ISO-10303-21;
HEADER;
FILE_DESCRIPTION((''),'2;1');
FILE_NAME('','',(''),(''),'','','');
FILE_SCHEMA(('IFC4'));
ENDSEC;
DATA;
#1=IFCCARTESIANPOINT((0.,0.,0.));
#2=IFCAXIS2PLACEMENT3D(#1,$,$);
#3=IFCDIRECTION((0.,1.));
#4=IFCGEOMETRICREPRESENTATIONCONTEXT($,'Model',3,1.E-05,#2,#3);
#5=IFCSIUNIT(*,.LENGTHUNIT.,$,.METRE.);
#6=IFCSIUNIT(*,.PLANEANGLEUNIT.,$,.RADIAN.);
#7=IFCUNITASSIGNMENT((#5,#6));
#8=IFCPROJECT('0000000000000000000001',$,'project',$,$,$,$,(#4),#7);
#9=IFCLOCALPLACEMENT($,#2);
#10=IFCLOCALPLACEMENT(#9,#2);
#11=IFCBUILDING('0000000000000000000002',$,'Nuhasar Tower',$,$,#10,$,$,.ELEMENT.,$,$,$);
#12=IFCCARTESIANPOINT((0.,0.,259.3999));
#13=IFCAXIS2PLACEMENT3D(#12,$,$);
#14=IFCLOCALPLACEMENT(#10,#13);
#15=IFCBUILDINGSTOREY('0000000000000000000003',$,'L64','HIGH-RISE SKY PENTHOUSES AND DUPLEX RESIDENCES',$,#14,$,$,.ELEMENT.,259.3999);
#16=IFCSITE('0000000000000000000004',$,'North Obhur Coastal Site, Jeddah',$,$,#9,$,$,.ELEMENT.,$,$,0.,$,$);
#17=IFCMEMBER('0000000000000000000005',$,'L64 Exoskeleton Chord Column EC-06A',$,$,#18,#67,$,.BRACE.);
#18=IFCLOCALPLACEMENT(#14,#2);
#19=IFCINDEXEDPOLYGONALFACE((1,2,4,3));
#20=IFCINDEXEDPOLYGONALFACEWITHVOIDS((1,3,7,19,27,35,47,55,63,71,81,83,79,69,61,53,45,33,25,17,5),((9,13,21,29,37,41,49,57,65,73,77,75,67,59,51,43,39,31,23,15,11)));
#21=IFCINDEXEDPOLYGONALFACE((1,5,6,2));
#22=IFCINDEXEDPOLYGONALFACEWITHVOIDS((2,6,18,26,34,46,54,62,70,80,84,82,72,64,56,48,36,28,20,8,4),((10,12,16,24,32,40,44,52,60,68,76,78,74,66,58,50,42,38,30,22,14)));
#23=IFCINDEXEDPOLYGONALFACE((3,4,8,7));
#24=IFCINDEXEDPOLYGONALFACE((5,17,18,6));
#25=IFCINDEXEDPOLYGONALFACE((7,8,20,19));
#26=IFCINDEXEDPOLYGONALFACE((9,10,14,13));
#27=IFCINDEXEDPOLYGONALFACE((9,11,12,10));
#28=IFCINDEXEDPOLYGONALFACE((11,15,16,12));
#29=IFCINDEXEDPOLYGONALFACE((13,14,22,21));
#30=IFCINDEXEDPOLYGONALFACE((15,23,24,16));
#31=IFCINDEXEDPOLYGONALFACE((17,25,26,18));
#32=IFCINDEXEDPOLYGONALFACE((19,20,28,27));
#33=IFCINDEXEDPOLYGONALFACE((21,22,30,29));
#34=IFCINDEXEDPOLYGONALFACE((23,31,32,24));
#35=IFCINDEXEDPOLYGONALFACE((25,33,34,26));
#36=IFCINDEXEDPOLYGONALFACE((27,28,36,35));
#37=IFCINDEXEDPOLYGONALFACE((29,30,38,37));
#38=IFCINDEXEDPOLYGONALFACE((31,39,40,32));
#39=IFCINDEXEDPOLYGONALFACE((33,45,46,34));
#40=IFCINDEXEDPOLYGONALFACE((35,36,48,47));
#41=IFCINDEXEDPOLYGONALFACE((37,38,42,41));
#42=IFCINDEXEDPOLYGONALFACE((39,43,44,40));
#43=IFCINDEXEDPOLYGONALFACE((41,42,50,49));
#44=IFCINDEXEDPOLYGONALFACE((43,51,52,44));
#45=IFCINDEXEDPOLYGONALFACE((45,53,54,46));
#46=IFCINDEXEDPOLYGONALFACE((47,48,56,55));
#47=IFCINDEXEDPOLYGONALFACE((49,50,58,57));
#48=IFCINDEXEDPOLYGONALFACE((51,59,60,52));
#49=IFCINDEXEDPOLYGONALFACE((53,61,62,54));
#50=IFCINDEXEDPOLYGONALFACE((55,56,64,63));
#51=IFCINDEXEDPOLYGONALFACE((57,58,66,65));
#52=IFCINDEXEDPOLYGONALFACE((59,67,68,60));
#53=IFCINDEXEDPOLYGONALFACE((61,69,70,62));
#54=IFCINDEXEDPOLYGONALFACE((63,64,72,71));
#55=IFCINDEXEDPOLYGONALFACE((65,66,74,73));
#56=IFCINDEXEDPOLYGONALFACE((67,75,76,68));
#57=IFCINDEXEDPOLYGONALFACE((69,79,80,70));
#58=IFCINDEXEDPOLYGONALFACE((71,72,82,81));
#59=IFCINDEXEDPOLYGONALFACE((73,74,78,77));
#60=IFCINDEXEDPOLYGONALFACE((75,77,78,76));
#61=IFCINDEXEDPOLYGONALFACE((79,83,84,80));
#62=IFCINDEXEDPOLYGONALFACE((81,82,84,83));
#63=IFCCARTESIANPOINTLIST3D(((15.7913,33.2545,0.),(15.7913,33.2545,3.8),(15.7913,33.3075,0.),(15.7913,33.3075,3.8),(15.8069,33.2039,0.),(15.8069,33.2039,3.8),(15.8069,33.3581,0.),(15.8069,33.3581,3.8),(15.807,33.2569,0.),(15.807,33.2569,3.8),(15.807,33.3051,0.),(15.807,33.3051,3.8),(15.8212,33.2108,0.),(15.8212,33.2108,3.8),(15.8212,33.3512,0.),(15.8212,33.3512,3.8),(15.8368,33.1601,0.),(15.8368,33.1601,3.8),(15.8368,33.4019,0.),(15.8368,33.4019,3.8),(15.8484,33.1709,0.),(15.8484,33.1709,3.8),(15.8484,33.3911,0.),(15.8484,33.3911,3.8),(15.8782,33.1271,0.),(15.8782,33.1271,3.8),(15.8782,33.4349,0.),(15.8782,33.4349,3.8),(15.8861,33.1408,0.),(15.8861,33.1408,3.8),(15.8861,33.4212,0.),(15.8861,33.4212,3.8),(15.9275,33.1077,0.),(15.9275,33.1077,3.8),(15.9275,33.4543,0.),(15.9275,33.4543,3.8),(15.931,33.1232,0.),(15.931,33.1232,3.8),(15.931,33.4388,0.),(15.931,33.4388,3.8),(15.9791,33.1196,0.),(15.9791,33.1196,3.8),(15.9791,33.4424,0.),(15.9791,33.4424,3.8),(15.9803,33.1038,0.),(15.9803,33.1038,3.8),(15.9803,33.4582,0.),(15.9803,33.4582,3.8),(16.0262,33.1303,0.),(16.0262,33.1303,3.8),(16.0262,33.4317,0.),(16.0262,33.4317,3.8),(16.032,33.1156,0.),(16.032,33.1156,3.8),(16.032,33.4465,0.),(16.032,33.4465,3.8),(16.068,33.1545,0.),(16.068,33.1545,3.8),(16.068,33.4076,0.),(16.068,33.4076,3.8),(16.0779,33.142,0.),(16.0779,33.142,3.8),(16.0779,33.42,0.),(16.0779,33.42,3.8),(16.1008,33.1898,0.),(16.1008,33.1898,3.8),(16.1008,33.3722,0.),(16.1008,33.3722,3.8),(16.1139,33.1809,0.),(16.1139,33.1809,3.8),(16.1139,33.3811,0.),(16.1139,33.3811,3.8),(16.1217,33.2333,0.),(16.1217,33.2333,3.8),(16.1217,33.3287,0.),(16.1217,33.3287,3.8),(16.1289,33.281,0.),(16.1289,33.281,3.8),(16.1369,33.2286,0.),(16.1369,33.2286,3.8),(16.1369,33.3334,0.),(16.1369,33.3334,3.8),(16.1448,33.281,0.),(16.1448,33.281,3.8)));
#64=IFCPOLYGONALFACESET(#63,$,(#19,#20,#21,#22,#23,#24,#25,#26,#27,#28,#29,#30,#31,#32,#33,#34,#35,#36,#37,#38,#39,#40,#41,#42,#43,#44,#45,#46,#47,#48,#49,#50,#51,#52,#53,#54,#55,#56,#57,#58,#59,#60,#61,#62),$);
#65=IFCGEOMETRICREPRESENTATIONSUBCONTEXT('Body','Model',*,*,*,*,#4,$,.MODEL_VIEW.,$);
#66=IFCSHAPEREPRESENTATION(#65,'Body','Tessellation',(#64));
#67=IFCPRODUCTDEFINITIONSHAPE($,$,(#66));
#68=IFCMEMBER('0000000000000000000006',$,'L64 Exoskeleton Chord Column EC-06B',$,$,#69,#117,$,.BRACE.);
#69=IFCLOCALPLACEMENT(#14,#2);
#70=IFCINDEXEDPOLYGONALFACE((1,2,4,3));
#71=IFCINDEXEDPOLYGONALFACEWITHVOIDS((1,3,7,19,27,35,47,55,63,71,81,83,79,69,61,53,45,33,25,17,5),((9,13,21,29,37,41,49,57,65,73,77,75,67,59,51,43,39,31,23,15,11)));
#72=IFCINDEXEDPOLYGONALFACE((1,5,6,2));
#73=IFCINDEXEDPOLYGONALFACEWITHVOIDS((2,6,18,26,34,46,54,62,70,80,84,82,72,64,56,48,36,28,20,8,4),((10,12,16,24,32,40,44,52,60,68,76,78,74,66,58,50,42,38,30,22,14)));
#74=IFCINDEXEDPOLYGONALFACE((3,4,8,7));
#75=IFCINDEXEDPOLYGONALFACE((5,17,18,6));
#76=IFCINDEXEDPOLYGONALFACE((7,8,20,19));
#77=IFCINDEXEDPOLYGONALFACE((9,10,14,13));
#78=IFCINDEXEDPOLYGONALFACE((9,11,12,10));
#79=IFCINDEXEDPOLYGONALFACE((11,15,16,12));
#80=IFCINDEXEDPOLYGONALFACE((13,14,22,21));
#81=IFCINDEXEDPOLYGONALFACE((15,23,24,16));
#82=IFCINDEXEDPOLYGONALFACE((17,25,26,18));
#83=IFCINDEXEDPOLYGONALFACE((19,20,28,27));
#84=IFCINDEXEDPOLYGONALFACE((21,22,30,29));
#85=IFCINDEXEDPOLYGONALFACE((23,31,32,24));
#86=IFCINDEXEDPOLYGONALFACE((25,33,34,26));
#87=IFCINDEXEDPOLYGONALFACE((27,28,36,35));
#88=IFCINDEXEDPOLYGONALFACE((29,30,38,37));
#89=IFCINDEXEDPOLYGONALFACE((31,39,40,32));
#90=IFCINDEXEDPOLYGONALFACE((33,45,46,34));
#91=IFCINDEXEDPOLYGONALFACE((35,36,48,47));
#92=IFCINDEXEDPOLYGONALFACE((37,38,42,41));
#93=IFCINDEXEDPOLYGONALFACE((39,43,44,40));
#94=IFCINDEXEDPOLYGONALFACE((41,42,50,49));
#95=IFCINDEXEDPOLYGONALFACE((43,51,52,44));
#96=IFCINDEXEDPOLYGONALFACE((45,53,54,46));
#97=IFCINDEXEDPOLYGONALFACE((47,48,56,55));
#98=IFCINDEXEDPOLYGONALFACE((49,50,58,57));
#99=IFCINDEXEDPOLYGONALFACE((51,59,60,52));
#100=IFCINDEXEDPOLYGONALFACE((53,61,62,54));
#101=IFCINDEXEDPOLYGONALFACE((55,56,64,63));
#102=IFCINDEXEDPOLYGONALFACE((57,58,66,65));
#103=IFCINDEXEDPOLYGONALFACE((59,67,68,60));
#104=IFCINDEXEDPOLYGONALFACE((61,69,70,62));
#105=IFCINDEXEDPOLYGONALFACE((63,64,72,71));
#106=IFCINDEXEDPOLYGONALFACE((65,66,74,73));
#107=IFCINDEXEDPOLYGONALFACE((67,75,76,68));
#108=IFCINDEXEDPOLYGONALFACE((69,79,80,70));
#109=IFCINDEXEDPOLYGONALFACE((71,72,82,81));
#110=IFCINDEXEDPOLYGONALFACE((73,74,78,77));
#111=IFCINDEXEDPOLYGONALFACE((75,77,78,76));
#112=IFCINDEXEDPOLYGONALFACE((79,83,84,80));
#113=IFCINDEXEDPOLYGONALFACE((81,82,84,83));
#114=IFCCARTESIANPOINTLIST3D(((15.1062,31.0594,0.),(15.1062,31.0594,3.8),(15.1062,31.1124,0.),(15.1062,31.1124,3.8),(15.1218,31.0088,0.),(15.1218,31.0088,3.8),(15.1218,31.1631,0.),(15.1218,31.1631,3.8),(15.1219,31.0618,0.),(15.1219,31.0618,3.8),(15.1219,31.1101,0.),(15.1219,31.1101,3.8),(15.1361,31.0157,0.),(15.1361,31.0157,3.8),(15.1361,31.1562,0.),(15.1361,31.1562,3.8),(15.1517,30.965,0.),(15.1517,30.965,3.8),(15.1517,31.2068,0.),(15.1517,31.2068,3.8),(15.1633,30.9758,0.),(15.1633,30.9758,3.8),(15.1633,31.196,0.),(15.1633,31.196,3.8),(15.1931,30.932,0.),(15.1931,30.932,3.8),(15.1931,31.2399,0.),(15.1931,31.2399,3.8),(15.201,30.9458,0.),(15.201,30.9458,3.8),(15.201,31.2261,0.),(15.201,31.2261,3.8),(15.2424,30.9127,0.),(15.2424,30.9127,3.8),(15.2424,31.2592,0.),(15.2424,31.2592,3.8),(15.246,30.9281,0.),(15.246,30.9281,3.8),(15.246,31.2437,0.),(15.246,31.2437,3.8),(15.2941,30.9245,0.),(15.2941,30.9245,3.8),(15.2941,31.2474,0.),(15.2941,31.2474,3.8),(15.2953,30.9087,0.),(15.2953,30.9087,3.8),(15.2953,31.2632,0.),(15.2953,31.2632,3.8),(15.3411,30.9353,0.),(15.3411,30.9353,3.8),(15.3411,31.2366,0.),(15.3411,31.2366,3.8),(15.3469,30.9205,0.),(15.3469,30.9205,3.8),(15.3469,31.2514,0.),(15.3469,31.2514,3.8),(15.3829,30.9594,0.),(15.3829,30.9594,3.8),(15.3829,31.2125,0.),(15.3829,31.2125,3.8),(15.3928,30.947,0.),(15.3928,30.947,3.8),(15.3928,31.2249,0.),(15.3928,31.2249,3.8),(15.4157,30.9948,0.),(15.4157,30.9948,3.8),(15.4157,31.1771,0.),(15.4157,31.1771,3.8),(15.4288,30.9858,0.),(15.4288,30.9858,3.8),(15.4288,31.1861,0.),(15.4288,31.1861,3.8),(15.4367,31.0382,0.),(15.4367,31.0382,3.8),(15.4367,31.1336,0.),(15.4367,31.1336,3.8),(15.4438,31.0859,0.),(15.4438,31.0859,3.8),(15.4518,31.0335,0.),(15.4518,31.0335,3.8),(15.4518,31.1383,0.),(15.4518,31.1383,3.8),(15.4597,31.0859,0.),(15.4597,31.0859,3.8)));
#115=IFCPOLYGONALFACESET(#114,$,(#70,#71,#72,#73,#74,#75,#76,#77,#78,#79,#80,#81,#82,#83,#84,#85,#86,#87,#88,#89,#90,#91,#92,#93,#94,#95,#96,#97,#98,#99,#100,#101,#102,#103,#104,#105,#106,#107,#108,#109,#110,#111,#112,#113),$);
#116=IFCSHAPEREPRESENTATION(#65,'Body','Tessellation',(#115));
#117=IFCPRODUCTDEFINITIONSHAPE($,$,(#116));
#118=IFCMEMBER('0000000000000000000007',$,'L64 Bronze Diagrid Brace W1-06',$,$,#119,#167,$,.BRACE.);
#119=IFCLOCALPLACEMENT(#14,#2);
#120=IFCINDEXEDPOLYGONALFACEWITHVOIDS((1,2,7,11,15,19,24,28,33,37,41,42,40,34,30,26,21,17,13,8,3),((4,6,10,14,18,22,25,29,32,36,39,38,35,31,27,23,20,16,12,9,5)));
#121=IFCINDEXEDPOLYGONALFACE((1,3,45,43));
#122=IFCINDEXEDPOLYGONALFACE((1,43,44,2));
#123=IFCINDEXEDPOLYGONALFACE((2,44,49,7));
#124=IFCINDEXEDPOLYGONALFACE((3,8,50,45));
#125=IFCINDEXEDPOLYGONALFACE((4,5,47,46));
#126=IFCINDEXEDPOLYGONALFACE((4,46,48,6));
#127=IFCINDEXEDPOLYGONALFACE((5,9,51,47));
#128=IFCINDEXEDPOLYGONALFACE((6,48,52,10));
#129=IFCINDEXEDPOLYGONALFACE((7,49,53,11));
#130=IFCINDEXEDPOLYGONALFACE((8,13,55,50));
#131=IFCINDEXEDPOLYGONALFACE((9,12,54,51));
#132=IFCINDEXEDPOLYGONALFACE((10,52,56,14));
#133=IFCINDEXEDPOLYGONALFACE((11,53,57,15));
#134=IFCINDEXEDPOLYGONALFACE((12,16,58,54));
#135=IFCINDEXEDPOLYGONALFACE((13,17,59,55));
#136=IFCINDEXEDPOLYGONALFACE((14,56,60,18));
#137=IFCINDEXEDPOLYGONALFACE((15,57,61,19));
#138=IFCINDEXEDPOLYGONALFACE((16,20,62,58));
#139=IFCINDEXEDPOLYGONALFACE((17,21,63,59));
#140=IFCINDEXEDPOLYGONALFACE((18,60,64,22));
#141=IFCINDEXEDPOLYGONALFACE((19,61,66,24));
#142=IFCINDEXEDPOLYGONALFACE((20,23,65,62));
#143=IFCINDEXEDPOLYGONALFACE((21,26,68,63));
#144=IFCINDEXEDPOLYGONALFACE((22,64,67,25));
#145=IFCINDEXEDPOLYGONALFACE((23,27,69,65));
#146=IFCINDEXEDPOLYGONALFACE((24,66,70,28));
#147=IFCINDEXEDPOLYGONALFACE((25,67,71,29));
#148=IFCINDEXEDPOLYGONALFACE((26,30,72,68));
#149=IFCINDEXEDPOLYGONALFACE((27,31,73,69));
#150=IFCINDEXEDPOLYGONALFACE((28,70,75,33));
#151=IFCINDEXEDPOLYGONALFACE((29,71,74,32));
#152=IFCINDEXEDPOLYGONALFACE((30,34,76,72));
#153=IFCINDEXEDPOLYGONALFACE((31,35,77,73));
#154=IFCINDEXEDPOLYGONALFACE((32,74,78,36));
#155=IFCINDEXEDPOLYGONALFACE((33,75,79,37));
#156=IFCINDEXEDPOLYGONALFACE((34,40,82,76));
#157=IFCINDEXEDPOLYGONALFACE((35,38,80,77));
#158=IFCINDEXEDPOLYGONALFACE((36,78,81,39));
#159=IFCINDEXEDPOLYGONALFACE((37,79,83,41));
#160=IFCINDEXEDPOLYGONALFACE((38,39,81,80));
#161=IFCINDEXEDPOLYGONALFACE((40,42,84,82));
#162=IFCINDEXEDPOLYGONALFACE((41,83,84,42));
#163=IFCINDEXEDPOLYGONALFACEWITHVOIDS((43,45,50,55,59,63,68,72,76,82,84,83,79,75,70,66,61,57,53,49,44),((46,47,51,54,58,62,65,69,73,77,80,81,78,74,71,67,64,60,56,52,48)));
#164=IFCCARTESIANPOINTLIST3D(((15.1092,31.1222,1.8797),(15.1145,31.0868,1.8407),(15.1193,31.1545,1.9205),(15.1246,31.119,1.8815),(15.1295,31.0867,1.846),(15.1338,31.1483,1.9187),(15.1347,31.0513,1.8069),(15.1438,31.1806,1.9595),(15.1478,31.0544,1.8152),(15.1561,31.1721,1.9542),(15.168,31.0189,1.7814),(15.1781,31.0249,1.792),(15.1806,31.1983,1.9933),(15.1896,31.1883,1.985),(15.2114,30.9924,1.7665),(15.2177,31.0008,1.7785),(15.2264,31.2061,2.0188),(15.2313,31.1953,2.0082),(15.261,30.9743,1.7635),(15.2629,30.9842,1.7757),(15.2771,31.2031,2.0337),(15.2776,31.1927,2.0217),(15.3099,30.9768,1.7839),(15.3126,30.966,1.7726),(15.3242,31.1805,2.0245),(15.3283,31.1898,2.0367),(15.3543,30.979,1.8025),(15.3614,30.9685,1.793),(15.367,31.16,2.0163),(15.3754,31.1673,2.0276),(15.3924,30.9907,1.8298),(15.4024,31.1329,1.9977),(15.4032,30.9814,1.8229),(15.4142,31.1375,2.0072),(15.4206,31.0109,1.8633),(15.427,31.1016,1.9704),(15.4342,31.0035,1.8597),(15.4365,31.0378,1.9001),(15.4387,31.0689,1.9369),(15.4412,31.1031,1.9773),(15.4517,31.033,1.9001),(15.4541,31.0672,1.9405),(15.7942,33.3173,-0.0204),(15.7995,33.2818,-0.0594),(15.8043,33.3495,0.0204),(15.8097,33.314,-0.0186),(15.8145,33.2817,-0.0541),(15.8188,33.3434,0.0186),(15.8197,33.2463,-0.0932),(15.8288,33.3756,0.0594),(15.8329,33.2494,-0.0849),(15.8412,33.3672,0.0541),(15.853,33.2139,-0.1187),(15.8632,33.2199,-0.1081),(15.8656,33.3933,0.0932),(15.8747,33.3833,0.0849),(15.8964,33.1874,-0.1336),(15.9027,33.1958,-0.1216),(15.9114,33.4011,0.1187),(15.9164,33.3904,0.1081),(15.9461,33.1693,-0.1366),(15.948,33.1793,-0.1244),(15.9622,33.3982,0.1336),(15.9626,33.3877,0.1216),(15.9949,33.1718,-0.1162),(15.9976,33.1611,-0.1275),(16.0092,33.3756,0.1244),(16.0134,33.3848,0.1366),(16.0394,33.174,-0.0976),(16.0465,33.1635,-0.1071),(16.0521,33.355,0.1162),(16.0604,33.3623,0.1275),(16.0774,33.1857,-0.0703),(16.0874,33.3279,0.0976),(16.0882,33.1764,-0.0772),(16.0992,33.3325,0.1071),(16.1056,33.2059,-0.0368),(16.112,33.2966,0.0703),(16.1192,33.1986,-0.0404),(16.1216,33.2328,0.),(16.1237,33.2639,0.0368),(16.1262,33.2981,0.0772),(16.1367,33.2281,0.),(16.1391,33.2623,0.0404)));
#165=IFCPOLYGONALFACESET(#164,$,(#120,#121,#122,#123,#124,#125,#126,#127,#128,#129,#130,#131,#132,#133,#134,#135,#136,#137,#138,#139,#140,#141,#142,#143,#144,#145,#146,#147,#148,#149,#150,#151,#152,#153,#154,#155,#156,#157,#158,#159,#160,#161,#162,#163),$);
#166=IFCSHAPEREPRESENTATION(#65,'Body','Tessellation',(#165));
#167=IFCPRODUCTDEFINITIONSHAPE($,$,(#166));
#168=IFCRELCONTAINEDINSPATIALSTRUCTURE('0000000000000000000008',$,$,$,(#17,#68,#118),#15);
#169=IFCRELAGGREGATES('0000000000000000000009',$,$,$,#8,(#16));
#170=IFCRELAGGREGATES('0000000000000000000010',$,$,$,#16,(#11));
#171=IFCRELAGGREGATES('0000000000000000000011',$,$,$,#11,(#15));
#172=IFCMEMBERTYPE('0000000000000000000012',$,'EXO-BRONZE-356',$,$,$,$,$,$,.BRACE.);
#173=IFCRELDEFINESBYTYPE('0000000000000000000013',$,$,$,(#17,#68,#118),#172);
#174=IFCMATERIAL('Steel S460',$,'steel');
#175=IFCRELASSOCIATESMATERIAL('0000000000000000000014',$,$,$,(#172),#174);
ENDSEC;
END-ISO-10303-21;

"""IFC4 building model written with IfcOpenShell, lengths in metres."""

from ifc_helpers import new_model, si_unit, direction, frame, origin, origin_2d, place, context, subcontext, project, spatial, hollow_circle, extrude, material, material_profile, profile_set, type_object, element, save


model = new_model("IFC4")

# Units and contexts
model_context = context("Model", 3, precision=1e-05, world=origin(), true_north=direction((0.0, 1.0)))
body_context = subcontext(model_context, "Body", "Model", "MODEL_VIEW")
ifc_project = project(units=[si_unit("LENGTHUNIT", "METRE"), si_unit("PLANEANGLEUNIT", "RADIAN")], contexts=[model_context])

# Site, building, storey
site_placement = place(None, origin())
site = spatial("IfcSite", under=ifc_project, at=site_placement, Name="North Obhur Coastal Site, Jeddah", CompositionType="ELEMENT", RefElevation=0.0)
building_placement = place(site_placement, origin())
building = spatial("IfcBuilding", under=site, at=building_placement, Name="Nuhasar Tower", CompositionType="ELEMENT")
storey_placement = place(building_placement, frame((0.0, 0.0, 259.3999)))
storey = spatial("IfcBuildingStorey", under=building, at=storey_placement, Name="L64", Description="HIGH-RISE SKY PENTHOUSES AND DUPLEX RESIDENCES", CompositionType="ELEMENT", Elevation=259.3999)

# Members
ifc_material_1 = material(Name="Steel S460", Category="steel")
ifc_material_profile_1 = material_profile(ifc_material_1, hollow_circle(Radius=0.1777, WallThickness=0.0159, at=origin_2d()), Name="HSS355.6X15.9")
ifc_profile_set_1 = profile_set([ifc_material_profile_1], Name="Steel S460")
member_type_1 = type_object("IfcMemberType", Name="EXO-BRONZE-356", PredefinedType="BRACE", material=ifc_profile_set_1)
for number, where, z_axis, x_axis, name in (
    (1, (15.967, 33.281, 0.0), (0.0, 0.0, 1.0), (1.0, 0.0, 0.0), "L64 Exoskeleton Chord Column EC-06A"),
    (2, (15.282, 31.0859, 0.0), (0.0, 0.0, 1.0), (1.0, 0.0, 0.0), "L64 Exoskeleton Chord Column EC-06B"),
):
    element("IfcMember", number, at=place(storey_placement, frame(where, z_axis=z_axis, x_axis=x_axis)), inside=storey, type_object=member_type_1, Name=name, PredefinedType="BRACE", context=body_context, shape_type="SweptSolid", body=[
        extrude(hollow_circle(Radius=0.1777, WallThickness=0.0159, at=origin_2d()), origin(), (0.0, 0.0, 1.0), 3.8),
    ])
for number, where, z_axis, x_axis, name in (
    (3, (15.967, 33.281, 0.0), (-0.229656, -0.735864, 0.636995), (0.954591, -0.297918, 0.0), "L64 Bronze Diagrid Brace W1-06"),
):
    element("IfcMember", number, at=place(storey_placement, frame(where, z_axis=z_axis, x_axis=x_axis)), inside=storey, type_object=member_type_1, Name=name, PredefinedType="BRACE", context=body_context, shape_type="SweptSolid", body=[
        extrude(hollow_circle(Radius=0.1777, WallThickness=0.0159, at=origin_2d()), origin(), (0.0, 0.0, 1.0), 2.9829),
    ])

save(model, "model.ifc")
